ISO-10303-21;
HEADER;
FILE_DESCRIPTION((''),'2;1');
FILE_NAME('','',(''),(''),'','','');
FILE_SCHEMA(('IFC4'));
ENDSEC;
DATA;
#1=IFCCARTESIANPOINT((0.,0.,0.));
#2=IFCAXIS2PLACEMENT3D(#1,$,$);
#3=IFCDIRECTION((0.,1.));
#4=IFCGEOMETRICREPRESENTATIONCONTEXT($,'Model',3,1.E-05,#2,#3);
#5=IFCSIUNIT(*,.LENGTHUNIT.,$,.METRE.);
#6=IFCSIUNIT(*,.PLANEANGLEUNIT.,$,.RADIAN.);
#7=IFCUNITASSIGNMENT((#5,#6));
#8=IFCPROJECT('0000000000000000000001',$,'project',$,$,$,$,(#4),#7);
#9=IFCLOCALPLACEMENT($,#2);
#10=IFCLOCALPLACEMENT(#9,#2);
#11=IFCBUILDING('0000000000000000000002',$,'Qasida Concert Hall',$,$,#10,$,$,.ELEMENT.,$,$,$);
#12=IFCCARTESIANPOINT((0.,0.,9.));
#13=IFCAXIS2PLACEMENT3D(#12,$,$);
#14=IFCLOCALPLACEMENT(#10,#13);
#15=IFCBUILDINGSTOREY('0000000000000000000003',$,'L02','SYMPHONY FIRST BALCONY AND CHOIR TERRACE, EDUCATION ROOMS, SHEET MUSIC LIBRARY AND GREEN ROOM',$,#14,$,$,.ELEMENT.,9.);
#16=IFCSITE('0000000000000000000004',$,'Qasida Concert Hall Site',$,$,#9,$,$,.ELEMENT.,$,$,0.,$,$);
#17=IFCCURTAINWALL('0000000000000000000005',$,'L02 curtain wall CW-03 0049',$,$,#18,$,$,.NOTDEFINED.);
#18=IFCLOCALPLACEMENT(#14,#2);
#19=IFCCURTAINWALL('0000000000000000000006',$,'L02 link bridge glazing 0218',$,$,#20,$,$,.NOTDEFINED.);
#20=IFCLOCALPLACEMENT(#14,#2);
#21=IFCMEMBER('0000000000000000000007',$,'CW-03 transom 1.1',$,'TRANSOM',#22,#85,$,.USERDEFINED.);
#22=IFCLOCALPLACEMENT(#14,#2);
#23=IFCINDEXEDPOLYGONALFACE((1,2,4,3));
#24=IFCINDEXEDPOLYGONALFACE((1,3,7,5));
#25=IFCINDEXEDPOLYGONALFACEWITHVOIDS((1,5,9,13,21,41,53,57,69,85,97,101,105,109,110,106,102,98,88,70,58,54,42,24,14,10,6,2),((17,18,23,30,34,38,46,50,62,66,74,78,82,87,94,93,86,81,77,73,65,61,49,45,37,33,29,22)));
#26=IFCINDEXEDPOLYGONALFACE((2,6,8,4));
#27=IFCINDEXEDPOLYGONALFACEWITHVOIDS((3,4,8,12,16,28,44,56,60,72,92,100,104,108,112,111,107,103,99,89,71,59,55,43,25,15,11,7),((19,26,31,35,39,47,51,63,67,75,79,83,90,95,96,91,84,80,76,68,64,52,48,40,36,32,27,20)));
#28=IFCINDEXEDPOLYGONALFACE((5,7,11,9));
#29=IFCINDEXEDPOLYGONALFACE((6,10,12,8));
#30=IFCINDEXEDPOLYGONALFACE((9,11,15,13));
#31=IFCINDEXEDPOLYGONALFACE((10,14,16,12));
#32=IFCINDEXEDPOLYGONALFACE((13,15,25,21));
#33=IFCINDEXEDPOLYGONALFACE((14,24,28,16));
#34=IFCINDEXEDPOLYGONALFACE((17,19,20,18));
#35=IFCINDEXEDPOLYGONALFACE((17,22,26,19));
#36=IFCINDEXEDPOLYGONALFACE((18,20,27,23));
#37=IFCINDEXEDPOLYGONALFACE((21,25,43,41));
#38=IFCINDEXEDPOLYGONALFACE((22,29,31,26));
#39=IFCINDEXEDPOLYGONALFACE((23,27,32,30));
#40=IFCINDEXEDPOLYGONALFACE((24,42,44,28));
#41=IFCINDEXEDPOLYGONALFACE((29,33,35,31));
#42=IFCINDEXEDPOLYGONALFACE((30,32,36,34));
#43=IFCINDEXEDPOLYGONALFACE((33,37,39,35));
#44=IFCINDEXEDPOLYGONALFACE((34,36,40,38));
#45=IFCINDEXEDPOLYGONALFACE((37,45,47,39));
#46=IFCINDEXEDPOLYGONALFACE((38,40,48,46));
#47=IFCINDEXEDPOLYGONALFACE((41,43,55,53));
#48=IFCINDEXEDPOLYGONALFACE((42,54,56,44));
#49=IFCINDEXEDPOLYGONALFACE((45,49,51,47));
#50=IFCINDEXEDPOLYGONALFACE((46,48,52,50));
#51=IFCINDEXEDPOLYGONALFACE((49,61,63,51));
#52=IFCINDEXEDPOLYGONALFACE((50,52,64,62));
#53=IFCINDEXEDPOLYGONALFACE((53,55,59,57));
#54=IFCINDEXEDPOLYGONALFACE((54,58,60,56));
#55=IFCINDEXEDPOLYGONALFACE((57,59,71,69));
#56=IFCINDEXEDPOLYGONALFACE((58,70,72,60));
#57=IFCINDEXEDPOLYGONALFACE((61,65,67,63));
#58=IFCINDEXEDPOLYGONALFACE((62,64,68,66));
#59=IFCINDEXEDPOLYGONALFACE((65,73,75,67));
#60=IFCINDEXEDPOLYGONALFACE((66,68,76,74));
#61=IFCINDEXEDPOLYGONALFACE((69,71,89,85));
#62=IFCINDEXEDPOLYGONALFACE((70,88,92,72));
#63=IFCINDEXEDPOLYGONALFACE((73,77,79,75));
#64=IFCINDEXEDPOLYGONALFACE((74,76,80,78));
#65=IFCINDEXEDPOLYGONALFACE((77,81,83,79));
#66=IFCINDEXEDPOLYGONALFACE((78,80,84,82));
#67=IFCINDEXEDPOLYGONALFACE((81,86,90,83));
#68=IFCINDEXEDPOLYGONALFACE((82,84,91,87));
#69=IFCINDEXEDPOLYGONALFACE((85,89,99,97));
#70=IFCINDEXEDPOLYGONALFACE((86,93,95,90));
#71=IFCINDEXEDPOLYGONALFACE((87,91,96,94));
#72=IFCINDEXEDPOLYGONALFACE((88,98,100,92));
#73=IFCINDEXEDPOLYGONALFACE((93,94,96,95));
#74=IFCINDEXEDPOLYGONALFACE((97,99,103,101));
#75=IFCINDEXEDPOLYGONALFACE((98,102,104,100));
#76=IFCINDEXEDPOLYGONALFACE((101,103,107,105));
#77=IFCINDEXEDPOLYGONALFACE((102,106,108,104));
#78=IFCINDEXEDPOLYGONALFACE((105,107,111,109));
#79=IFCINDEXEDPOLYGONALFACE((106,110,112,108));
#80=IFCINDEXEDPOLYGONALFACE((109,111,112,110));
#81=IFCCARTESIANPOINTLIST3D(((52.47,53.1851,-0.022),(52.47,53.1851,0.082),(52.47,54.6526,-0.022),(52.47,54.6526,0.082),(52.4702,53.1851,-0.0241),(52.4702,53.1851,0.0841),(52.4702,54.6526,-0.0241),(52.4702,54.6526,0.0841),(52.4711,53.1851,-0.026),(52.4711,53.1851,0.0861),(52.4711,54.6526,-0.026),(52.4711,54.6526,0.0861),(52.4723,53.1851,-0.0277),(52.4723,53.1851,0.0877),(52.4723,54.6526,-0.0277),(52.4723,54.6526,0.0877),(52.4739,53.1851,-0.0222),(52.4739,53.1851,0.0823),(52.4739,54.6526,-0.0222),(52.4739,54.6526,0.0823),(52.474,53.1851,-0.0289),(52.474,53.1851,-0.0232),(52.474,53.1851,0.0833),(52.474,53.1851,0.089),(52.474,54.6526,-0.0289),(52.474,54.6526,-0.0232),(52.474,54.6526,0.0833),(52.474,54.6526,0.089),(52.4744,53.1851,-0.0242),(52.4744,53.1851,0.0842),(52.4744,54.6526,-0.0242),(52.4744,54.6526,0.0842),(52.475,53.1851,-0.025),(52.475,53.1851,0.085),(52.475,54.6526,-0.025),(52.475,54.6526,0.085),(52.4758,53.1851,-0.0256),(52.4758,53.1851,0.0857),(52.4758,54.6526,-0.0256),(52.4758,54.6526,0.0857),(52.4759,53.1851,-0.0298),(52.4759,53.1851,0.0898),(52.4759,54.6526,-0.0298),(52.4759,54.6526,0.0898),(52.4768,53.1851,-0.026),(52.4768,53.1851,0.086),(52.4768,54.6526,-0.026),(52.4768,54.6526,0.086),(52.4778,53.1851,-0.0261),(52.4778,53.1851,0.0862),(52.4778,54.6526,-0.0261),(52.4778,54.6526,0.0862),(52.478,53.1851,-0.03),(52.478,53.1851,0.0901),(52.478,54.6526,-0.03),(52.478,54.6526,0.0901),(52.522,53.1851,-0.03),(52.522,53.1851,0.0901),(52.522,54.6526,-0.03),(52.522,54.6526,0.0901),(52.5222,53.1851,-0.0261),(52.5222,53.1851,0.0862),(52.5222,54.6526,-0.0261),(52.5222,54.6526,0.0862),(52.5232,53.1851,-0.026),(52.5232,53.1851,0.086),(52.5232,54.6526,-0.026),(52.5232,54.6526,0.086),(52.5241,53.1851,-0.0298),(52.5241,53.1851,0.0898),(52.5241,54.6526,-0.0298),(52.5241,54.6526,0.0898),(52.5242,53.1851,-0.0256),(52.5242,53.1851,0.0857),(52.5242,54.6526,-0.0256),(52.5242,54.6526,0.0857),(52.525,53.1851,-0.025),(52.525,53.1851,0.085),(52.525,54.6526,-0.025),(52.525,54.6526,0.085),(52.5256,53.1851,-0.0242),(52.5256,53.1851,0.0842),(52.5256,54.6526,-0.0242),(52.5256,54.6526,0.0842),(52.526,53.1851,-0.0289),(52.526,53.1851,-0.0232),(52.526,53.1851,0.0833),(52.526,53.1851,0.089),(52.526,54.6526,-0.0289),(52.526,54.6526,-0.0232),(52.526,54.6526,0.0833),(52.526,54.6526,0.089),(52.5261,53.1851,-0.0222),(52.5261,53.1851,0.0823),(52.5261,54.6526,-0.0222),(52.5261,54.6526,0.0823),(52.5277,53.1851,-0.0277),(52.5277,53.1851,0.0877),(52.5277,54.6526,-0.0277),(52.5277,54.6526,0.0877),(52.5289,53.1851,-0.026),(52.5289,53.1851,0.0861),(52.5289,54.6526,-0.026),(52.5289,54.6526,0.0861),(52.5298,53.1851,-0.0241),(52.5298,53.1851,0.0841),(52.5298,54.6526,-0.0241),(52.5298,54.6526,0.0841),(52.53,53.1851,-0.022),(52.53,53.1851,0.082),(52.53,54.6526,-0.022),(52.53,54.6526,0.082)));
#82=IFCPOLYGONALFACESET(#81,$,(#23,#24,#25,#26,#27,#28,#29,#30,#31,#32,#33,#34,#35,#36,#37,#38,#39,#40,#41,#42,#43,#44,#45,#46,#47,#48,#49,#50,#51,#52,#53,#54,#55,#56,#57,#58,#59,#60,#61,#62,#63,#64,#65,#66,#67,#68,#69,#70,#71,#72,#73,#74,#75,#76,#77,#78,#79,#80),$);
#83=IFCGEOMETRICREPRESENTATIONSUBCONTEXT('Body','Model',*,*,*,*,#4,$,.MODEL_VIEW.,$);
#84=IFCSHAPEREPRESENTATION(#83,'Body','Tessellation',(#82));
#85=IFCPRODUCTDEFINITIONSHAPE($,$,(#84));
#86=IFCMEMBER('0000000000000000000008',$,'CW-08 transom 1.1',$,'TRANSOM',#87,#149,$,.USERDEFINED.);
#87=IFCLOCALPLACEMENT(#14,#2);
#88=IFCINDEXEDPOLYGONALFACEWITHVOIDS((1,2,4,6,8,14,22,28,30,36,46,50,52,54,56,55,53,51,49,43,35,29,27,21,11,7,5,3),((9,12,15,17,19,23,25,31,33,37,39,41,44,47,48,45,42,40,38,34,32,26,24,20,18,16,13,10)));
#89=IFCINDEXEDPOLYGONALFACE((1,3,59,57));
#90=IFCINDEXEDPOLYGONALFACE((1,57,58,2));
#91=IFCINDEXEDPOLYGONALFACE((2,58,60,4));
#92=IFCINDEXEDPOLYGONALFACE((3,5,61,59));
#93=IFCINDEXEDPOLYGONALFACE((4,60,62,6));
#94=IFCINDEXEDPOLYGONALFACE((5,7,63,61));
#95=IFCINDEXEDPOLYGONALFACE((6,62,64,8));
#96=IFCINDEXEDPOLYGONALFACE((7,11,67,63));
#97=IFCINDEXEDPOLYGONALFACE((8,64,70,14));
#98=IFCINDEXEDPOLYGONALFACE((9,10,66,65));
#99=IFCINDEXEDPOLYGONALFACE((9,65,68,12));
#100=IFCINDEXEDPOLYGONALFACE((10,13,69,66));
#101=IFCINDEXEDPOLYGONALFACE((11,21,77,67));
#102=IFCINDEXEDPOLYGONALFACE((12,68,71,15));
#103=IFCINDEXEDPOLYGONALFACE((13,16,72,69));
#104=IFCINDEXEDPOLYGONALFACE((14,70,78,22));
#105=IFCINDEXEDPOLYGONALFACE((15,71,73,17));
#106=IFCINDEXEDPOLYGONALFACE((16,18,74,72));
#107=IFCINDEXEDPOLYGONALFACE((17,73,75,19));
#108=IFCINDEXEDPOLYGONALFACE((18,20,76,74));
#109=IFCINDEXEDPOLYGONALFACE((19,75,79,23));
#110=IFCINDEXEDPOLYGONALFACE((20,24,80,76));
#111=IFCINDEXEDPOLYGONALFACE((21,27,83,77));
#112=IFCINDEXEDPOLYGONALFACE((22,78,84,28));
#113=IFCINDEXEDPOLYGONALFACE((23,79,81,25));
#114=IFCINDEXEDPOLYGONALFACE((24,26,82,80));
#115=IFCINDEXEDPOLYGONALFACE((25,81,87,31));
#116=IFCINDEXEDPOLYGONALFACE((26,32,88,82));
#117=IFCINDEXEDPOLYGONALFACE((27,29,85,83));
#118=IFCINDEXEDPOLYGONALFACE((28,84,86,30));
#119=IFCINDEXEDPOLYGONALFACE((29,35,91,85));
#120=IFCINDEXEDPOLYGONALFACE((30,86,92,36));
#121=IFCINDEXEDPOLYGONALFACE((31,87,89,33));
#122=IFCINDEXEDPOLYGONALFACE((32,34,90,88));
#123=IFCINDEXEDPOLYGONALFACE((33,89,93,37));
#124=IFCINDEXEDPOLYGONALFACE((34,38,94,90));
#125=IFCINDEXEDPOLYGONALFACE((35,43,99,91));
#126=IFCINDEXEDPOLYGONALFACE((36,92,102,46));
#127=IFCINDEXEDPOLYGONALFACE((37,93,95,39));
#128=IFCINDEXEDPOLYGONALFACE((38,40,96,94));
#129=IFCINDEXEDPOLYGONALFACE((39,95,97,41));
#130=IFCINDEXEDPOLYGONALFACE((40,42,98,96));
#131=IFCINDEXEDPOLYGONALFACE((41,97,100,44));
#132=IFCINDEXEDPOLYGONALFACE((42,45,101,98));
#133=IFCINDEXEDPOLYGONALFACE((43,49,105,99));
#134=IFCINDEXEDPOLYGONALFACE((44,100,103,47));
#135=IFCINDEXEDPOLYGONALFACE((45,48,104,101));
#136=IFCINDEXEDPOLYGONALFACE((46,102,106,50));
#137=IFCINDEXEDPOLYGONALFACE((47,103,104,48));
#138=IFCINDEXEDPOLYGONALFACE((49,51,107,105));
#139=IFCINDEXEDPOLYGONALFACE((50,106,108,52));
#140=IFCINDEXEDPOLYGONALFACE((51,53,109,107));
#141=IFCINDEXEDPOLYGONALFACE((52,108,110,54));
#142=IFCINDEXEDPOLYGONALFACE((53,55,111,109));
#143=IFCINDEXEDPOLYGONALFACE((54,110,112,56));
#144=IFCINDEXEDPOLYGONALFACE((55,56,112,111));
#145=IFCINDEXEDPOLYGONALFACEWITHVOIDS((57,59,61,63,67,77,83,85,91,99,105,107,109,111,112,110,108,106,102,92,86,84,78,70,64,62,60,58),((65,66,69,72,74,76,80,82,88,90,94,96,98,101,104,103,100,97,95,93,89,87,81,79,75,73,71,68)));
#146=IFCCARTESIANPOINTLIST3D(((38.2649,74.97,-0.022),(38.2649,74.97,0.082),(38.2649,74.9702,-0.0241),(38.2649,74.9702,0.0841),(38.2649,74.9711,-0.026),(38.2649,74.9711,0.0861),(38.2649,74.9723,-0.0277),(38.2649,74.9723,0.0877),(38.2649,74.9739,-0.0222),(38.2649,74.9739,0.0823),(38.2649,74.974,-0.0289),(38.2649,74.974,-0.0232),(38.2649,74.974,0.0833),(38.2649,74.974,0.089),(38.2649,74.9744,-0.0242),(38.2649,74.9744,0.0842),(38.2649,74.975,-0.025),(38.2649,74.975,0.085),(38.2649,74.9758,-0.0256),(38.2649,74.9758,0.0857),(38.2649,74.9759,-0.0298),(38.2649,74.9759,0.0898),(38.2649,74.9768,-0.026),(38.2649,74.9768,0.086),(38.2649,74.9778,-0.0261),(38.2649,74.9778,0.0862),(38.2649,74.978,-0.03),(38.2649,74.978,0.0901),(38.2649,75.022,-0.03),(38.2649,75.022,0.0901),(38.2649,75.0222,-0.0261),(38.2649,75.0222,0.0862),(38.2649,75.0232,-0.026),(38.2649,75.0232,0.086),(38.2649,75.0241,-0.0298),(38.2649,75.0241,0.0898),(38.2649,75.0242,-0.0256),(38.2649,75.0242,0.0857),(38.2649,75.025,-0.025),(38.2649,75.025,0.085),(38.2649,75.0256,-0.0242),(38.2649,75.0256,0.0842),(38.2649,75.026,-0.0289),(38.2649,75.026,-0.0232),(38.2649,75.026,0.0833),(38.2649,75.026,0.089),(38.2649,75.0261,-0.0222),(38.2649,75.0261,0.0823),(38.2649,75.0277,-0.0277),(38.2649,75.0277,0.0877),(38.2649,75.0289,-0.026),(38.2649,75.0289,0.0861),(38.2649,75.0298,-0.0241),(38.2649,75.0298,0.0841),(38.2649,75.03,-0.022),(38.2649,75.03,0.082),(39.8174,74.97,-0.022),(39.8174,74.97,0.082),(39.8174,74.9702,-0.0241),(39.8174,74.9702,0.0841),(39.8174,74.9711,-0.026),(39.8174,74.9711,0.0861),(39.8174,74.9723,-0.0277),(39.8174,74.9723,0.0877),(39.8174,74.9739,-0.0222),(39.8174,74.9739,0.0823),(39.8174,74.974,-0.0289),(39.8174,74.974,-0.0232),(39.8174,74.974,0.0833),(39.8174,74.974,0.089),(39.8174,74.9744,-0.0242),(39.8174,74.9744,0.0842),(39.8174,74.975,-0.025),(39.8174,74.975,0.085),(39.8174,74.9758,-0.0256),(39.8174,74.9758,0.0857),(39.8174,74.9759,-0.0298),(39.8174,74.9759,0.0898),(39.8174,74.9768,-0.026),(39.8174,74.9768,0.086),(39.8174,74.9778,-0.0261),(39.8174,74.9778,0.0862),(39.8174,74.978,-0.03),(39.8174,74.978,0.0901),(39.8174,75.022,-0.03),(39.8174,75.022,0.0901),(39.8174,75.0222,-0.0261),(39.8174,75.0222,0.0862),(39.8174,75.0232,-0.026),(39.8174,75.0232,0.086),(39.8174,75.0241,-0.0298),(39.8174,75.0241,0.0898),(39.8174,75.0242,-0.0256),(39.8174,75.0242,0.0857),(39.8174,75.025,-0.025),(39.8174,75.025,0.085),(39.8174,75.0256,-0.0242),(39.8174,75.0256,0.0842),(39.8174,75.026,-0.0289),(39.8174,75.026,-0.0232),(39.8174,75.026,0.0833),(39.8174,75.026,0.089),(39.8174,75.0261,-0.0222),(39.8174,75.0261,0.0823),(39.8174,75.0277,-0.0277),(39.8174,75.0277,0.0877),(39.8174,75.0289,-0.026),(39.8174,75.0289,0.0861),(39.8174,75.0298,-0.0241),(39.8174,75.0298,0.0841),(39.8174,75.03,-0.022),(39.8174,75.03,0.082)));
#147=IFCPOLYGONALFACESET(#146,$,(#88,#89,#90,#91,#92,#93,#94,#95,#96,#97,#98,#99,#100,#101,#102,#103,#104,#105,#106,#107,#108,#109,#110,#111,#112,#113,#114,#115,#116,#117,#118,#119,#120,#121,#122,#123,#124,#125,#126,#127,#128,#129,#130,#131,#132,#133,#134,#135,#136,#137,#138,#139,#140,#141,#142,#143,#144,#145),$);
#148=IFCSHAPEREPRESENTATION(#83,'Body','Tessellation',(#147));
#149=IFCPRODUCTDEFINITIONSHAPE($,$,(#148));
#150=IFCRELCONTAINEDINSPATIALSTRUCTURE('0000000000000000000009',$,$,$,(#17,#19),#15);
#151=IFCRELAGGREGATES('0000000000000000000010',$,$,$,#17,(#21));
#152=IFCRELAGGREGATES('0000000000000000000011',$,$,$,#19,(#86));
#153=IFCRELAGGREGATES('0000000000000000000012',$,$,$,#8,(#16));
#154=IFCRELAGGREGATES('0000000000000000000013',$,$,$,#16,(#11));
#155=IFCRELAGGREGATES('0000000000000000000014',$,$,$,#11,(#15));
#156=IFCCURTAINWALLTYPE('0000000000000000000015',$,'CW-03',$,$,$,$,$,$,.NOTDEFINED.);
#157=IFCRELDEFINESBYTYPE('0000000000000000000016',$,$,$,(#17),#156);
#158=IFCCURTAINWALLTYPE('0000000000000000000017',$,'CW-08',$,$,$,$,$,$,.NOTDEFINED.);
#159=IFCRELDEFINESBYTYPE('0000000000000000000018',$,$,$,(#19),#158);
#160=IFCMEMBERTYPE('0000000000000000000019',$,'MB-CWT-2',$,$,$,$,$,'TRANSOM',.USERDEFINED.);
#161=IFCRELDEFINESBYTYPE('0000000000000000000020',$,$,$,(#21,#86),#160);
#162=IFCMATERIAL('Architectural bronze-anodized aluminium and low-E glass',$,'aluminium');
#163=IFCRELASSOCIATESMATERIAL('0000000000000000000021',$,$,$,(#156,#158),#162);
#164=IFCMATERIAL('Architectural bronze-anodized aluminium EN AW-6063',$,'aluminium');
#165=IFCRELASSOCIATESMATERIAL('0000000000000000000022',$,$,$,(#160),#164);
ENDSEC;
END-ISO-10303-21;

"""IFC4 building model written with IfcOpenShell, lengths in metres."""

from ifc_helpers import new_model, si_unit, direction, frame, origin, origin_2d, place, context, subcontext, project, spatial, hollow_rectangle, extrude, material, material_profile, profile_set, type_object, element, aggregate, save


model = new_model("IFC4")

# Units and contexts
model_context = context("Model", 3, precision=1e-05, world=origin(), true_north=direction((0.0, 1.0)))
body_context = subcontext(model_context, "Body", "Model", "MODEL_VIEW")
ifc_project = project(units=[si_unit("LENGTHUNIT", "METRE"), si_unit("PLANEANGLEUNIT", "RADIAN")], contexts=[model_context])

# Site, building, storey
site_placement = place(None, origin())
site = spatial("IfcSite", under=ifc_project, at=site_placement, Name="Qasida Concert Hall Site", CompositionType="ELEMENT", RefElevation=0.0)
building_placement = place(site_placement, origin())
building = spatial("IfcBuilding", under=site, at=building_placement, Name="Qasida Concert Hall", CompositionType="ELEMENT")
storey_placement = place(building_placement, frame((0.0, 0.0, 9.0)))
storey = spatial("IfcBuildingStorey", under=building, at=storey_placement, Name="L02", Description="SYMPHONY FIRST BALCONY AND CHOIR TERRACE, EDUCATION ROOMS, SHEET MUSIC LIBRARY AND GREEN ROOM", CompositionType="ELEMENT", Elevation=9.0)

# Curtain wall
ifc_material_1 = material(Name="Architectural bronze-anodized aluminium and low-E glass", Category="aluminium")
curtain_wall_type_1 = type_object("IfcCurtainWallType", Name="CW-03", PredefinedType="NOTDEFINED", material=ifc_material_1)
curtain_wall_1_placement = place(storey_placement, origin())
curtain_wall_1 = element("IfcCurtainWall", 1, at=curtain_wall_1_placement, inside=storey, type_object=curtain_wall_type_1, Name="L02 curtain wall CW-03 0049", PredefinedType="NOTDEFINED")
ifc_material_2 = material(Name="Architectural bronze-anodized aluminium EN AW-6063", Category="aluminium")

# Curtain wall
curtain_wall_type_2 = type_object("IfcCurtainWallType", Name="CW-08", PredefinedType="NOTDEFINED", material=ifc_material_1)
curtain_wall_2_placement = place(storey_placement, origin())
curtain_wall_2 = element("IfcCurtainWall", 2, at=curtain_wall_2_placement, inside=storey, type_object=curtain_wall_type_2, Name="L02 link bridge glazing 0218", PredefinedType="NOTDEFINED")

# Members
ifc_material_profile_1 = material_profile(ifc_material_2, hollow_rectangle(XDim=0.0601, YDim=0.1201, WallThickness=0.0039, InnerFilletRadius=0.0039, OuterFilletRadius=0.0081, at=origin_2d()), Name="CWT 120x60x4")
ifc_profile_set_1 = profile_set([ifc_material_profile_1], Name="Architectural bronze-anodized aluminium EN AW-6063")
member_type_1 = type_object("IfcMemberType", Name="MB-CWT-2", ElementType="TRANSOM", PredefinedType="USERDEFINED", material=ifc_profile_set_1)
member_1_placement = place(storey_placement, frame((52.5, 53.1851, 0.03), z_axis=(0.0, 1.0, 0.0), x_axis=(-1.0, 0.0, 0.0)))
member_1 = element("IfcMember", 3, at=member_1_placement, type_object=member_type_1, Name="CW-03 transom 1.1", ObjectType="TRANSOM", PredefinedType="USERDEFINED", context=body_context, shape_type="SweptSolid", body=[
    extrude(hollow_rectangle(XDim=0.0601, YDim=0.1201, WallThickness=0.0039, InnerFilletRadius=0.0039, OuterFilletRadius=0.0081, at=origin_2d()), origin(), (0.0, 0.0, 1.0), 1.4675),
])
aggregate(curtain_wall_1, [member_1])
member_2_placement = place(storey_placement, frame((38.2649, 75.0, 0.03), z_axis=(1.0, 0.0, 0.0), x_axis=(0.0, 1.0, 0.0)))
member_2 = element("IfcMember", 4, at=member_2_placement, type_object=member_type_1, Name="CW-08 transom 1.1", ObjectType="TRANSOM", PredefinedType="USERDEFINED", context=body_context, shape_type="SweptSolid", body=[
    extrude(hollow_rectangle(XDim=0.0601, YDim=0.1201, WallThickness=0.0039, InnerFilletRadius=0.0039, OuterFilletRadius=0.0081, at=origin_2d()), origin(), (0.0, 0.0, 1.0), 1.5525),
])
aggregate(curtain_wall_2, [member_2])

save(model, "model.ifc")
